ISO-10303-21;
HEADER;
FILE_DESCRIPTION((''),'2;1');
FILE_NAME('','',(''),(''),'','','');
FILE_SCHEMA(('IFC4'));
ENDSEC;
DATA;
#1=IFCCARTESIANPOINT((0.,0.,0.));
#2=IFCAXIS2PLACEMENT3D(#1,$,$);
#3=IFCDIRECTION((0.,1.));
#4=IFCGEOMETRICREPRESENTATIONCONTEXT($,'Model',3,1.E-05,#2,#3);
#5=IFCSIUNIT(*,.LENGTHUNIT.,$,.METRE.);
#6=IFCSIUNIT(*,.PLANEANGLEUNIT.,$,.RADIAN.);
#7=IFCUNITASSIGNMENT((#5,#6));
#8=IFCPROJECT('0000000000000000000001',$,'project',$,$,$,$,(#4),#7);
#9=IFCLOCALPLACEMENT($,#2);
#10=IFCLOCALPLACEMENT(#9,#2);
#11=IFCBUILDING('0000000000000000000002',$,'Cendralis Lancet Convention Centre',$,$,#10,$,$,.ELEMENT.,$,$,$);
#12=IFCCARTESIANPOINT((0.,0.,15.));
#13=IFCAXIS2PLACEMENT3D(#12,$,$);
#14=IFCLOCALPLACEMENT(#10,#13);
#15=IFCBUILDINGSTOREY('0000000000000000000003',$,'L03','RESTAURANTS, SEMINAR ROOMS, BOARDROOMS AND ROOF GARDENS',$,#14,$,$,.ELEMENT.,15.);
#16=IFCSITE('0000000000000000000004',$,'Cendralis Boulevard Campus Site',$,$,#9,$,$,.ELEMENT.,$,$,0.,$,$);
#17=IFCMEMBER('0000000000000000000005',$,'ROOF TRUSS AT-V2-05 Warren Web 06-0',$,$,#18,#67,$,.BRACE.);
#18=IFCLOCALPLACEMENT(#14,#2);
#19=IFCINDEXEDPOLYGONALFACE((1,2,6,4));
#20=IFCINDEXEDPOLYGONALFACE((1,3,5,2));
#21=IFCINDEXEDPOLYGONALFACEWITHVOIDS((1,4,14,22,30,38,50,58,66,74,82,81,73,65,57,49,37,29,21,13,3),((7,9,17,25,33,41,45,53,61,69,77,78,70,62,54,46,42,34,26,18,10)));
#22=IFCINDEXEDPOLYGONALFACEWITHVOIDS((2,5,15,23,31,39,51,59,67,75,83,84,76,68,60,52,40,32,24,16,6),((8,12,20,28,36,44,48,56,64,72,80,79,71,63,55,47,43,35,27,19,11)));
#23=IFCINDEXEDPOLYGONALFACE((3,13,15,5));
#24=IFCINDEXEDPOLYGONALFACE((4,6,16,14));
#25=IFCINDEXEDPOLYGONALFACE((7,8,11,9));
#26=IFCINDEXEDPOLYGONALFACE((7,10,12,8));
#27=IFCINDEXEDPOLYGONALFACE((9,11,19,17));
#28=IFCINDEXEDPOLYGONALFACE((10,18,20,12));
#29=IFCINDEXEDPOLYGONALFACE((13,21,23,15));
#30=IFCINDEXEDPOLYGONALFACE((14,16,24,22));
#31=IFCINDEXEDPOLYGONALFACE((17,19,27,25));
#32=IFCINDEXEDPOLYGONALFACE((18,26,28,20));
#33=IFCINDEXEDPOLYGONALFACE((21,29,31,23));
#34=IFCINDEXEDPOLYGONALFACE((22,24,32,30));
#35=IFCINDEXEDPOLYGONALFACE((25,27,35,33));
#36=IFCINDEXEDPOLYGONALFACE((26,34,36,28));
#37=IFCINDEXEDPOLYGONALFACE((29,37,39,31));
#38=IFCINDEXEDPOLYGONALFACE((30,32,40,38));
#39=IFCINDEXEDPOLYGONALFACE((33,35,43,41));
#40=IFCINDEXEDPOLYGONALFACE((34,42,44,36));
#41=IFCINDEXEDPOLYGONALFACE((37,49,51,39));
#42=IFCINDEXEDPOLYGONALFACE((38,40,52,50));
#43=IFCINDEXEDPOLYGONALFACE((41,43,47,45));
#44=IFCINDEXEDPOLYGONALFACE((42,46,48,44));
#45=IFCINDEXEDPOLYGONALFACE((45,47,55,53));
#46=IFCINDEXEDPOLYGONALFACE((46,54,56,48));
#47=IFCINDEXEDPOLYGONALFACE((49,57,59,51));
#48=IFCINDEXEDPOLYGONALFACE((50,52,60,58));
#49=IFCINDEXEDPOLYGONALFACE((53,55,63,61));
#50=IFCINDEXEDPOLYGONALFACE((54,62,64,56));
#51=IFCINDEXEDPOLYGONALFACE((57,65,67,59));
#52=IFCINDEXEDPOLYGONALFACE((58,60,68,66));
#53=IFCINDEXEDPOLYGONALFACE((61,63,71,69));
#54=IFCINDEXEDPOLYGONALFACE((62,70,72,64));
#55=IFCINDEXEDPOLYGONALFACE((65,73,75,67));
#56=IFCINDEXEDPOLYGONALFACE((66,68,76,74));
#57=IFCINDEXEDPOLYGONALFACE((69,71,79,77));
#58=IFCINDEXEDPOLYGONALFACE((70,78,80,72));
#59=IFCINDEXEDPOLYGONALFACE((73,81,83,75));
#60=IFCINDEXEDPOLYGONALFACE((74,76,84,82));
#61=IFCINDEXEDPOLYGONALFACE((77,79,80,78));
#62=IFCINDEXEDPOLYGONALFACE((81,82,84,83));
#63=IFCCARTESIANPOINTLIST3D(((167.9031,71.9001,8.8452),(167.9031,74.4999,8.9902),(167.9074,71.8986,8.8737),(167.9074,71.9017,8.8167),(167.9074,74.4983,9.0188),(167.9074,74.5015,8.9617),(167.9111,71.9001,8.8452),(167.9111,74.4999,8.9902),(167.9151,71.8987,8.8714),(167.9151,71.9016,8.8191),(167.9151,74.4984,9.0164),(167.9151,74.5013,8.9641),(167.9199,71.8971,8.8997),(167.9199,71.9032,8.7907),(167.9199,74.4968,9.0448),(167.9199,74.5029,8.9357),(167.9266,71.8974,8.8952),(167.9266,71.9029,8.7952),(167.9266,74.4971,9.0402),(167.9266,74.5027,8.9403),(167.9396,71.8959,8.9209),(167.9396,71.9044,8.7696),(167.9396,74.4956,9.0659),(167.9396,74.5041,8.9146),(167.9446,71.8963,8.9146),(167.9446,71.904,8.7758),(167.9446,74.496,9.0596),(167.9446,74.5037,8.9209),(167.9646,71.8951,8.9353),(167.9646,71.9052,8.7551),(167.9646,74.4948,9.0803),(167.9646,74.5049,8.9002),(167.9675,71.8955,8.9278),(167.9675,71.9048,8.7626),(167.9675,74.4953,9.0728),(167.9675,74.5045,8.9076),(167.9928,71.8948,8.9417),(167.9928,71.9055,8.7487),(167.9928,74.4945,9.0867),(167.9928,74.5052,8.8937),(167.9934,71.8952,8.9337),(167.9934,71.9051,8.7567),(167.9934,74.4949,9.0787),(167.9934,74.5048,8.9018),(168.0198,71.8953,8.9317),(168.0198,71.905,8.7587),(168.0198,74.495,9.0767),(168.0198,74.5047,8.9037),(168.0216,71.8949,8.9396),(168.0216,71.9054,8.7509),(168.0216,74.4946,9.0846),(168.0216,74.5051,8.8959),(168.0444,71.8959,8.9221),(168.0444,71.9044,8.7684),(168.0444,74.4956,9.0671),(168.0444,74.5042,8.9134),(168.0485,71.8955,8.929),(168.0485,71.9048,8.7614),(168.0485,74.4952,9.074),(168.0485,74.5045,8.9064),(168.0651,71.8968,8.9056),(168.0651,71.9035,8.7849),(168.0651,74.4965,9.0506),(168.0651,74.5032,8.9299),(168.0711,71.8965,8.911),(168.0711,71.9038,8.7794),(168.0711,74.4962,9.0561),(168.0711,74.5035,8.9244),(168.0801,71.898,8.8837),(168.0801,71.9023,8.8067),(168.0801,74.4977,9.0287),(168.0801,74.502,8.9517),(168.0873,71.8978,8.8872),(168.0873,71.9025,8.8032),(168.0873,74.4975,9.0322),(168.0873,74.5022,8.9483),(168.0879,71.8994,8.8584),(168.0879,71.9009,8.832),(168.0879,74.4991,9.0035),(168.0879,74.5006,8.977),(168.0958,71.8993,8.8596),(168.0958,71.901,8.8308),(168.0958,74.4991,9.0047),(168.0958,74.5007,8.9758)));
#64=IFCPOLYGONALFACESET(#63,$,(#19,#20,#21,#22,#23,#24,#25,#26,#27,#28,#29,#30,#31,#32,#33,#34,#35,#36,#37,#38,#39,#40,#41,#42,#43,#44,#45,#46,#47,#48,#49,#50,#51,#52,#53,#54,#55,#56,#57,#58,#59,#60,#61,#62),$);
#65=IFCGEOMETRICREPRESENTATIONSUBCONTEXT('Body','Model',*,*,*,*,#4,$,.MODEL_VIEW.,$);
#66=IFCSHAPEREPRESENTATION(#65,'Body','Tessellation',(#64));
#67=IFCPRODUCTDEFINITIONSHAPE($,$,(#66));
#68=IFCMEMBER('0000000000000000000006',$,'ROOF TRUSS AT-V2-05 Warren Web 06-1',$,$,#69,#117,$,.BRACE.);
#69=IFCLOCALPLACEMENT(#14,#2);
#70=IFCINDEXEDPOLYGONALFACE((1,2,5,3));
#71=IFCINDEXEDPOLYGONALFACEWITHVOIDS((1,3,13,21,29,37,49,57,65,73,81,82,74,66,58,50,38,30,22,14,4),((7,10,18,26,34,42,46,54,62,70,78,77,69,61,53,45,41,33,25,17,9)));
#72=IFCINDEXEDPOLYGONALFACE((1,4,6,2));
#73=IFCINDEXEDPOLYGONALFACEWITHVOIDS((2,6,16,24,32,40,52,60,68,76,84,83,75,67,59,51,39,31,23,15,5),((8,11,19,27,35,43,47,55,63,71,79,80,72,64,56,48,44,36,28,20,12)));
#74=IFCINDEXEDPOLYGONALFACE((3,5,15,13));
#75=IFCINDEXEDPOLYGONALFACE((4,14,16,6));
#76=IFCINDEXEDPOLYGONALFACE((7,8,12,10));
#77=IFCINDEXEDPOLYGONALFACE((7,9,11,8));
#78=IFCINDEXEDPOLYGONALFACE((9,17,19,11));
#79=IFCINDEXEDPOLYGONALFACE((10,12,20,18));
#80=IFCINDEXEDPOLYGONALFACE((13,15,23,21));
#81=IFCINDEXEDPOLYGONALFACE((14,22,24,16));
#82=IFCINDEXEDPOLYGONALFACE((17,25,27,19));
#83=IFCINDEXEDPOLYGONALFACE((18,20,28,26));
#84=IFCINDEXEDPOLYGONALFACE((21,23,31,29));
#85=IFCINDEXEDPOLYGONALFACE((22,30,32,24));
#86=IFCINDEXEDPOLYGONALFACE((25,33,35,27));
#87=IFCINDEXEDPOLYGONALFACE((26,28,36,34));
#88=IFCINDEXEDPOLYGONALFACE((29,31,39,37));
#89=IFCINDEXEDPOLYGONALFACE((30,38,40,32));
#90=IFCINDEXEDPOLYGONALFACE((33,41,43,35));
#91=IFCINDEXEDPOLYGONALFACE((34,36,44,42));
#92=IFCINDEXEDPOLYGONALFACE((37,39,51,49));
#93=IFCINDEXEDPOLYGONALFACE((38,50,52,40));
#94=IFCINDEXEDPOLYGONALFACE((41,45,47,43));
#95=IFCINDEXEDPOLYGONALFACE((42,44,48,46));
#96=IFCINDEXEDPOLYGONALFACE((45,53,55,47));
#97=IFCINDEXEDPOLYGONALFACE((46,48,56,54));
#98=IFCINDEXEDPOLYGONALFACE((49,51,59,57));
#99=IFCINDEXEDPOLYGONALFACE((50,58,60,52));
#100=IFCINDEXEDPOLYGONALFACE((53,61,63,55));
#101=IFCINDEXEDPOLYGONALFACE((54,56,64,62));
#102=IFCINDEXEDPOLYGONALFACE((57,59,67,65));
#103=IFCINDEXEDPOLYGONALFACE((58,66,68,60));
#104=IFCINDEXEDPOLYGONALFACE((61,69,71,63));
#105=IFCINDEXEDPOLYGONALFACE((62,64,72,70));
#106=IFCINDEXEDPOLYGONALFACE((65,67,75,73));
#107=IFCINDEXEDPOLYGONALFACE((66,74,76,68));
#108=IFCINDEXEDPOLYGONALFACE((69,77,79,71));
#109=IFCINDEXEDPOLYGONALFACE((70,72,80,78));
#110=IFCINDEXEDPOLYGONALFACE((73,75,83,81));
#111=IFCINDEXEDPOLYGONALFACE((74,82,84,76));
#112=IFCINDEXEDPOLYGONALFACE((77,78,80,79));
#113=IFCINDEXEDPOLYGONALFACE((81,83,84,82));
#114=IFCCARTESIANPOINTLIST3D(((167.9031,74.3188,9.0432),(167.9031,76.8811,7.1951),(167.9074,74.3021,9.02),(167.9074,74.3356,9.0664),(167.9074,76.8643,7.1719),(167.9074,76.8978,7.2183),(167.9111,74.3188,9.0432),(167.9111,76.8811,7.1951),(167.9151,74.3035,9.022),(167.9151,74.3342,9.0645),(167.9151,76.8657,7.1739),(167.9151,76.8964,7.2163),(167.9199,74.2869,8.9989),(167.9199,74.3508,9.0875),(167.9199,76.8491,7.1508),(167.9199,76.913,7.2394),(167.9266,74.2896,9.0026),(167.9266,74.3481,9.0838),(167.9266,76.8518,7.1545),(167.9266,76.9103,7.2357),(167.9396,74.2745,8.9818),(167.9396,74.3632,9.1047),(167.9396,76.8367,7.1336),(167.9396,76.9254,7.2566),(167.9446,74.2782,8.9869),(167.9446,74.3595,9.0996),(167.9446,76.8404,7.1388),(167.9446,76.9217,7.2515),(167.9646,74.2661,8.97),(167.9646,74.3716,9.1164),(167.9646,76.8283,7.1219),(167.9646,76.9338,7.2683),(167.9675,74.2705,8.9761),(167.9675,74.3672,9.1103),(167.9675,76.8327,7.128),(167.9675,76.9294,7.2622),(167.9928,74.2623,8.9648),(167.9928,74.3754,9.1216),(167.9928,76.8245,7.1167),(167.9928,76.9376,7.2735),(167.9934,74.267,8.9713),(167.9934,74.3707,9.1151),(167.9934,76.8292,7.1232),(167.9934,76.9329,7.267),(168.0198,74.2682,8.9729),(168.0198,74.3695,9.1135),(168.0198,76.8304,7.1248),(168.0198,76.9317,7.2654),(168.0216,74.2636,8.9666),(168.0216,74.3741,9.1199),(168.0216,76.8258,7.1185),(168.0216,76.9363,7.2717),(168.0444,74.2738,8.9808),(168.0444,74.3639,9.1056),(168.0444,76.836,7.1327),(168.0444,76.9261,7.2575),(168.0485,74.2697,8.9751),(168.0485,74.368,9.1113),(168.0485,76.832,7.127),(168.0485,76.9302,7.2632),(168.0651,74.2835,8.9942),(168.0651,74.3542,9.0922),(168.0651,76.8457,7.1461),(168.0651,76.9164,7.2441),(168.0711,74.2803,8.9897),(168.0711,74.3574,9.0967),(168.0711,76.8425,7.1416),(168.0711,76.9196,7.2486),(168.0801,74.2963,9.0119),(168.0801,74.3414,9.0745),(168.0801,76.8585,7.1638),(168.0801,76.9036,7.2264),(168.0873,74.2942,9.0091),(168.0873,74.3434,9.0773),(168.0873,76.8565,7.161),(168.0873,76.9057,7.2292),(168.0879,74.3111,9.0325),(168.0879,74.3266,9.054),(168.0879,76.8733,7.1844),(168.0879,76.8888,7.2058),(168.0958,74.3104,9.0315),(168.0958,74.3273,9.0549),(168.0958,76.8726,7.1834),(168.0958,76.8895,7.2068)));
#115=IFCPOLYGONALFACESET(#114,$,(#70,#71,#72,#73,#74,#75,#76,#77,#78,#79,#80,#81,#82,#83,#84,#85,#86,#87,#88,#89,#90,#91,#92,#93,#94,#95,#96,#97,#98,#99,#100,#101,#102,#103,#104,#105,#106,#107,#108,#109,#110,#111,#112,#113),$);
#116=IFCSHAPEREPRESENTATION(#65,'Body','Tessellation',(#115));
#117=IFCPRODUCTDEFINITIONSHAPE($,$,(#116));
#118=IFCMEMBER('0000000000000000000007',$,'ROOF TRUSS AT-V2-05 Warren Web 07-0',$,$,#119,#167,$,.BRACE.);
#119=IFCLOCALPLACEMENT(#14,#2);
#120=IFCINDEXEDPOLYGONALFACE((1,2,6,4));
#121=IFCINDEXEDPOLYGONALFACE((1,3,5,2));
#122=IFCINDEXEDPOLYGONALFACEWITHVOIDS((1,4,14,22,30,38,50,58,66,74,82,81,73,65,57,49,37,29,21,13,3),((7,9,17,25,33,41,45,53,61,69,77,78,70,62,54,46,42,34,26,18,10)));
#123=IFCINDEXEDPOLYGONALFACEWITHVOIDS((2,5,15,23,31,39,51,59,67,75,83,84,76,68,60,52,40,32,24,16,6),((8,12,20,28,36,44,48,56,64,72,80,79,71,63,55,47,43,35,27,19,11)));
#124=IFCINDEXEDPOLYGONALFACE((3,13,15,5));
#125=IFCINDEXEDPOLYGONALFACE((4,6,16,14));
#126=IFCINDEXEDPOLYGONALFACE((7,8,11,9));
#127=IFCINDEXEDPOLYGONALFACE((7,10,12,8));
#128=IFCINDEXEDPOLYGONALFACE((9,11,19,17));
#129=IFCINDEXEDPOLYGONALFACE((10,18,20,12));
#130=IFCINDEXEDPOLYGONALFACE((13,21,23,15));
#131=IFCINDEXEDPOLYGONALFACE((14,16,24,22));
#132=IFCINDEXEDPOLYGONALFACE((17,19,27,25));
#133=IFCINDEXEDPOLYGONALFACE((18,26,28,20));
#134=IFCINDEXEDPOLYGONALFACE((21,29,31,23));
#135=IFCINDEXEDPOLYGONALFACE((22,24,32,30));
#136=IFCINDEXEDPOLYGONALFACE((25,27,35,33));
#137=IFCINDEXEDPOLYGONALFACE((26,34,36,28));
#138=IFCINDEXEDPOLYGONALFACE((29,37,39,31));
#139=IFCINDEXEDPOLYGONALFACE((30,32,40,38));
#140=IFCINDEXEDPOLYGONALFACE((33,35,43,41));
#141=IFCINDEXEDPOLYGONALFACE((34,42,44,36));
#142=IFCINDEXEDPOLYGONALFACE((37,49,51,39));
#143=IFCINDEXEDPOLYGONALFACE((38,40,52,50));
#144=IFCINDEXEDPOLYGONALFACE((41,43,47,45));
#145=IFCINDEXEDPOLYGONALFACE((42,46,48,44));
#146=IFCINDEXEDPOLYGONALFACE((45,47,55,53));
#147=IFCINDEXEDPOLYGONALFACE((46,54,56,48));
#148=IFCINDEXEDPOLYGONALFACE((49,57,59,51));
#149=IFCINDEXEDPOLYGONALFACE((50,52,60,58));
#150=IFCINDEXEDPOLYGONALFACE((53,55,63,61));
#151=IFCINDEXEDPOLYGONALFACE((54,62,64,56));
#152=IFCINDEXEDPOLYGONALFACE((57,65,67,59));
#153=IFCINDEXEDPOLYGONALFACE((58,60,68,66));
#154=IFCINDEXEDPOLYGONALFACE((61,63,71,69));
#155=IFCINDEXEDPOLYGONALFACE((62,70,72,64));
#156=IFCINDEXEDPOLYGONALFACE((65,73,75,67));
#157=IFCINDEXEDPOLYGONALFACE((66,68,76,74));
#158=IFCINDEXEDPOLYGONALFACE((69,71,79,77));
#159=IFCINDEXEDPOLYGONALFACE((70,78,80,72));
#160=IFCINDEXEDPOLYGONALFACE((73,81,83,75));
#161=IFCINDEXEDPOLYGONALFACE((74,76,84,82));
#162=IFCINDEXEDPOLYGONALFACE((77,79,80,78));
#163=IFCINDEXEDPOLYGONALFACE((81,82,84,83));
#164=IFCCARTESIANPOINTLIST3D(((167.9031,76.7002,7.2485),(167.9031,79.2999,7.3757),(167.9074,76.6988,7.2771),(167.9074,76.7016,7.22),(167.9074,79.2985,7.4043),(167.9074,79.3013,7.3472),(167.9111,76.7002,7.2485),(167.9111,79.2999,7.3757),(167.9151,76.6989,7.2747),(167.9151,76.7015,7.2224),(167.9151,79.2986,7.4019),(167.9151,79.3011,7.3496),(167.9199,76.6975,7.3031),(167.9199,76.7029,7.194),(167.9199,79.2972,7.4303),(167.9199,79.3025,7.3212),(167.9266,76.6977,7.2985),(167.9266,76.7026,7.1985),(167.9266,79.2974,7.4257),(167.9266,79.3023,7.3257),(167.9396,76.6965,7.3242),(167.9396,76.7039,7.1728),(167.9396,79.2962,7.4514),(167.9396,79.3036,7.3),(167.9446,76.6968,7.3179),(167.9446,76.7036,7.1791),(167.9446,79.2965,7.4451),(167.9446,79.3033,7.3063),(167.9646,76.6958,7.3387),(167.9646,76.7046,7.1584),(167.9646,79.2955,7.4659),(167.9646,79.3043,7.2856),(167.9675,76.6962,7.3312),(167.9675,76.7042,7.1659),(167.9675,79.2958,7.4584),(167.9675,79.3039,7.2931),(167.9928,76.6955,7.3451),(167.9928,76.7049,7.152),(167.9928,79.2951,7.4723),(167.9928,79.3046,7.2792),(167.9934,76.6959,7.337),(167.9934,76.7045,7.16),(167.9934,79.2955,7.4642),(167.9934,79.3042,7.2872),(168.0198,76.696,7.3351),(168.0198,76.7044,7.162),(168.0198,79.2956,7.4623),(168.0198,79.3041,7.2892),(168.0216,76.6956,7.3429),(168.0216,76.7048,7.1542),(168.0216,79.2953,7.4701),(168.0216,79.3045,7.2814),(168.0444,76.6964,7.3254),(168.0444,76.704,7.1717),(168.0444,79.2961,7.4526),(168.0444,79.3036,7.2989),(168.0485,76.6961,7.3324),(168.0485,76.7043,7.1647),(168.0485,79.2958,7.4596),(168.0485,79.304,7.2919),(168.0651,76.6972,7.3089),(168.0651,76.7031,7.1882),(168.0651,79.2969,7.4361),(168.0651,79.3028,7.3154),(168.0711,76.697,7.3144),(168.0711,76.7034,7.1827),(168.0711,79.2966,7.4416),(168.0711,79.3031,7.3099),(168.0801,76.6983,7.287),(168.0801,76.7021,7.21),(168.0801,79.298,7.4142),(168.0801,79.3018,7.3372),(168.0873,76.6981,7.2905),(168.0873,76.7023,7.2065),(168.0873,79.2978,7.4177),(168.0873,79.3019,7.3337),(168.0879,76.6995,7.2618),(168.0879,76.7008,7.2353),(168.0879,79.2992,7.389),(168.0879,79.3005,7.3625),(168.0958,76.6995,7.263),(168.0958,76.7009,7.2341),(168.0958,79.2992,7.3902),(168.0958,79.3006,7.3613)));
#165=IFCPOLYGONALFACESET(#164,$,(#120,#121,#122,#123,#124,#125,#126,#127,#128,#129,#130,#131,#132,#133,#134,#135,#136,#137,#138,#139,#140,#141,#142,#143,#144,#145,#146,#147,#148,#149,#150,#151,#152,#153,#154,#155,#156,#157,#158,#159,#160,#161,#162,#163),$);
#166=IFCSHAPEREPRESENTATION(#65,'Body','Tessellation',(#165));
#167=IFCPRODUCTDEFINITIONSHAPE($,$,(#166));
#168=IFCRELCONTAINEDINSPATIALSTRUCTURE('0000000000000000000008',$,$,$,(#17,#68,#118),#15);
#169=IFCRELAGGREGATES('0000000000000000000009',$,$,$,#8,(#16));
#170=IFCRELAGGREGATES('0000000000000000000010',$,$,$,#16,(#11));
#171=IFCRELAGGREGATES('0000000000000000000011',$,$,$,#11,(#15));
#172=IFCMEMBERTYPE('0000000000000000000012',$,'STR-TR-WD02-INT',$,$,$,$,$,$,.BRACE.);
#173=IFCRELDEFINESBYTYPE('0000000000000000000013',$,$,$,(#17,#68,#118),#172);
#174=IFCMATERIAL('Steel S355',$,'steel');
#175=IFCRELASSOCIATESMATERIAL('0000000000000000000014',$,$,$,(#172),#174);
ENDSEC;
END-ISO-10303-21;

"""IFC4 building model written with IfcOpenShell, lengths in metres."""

from ifc_helpers import new_model, si_unit, direction, frame, origin, origin_2d, place, context, subcontext, project, spatial, hollow_circle, extrude, material, material_profile, profile_set, type_object, element, save


model = new_model("IFC4")

# Units and contexts
model_context = context("Model", 3, precision=1e-05, world=origin(), true_north=direction((0.0, 1.0)))
body_context = subcontext(model_context, "Body", "Model", "MODEL_VIEW")
ifc_project = project(units=[si_unit("LENGTHUNIT", "METRE"), si_unit("PLANEANGLEUNIT", "RADIAN")], contexts=[model_context])

# Site, building, storey
site_placement = place(None, origin())
site = spatial("IfcSite", under=ifc_project, at=site_placement, Name="Cendralis Boulevard Campus Site", CompositionType="ELEMENT", RefElevation=0.0)
building_placement = place(site_placement, origin())
building = spatial("IfcBuilding", under=site, at=building_placement, Name="Cendralis Lancet Convention Centre", CompositionType="ELEMENT")
storey_placement = place(building_placement, frame((0.0, 0.0, 15.0)))
storey = spatial("IfcBuildingStorey", under=building, at=storey_placement, Name="L03", Description="RESTAURANTS, SEMINAR ROOMS, BOARDROOMS AND ROOF GARDENS", CompositionType="ELEMENT", Elevation=15.0)

# Members
ifc_material = material(Name="Steel S355", Category="steel")
ifc_material_profile_1 = material_profile(ifc_material, hollow_circle(Radius=0.0969, WallThickness=0.0081, at=origin_2d()), Name="CHS 193.7x8.0")
ifc_profile_set_1 = profile_set([ifc_material_profile_1], Name="Steel S355")
member_type_1 = type_object("IfcMemberType", Name="STR-TR-WD02-INT", PredefinedType="BRACE", material=ifc_profile_set_1)
member_1_placement = place(storey_placement, frame((168.0, 71.9001, 8.8452), z_axis=(0.0, 0.998448, 0.055699), x_axis=(-1.0, 0.0, 0.0)))
element("IfcMember", 1, at=member_1_placement, inside=storey, type_object=member_type_1, Name="ROOF TRUSS AT-V2-05 Warren Web 06-0", PredefinedType="BRACE", context=body_context, shape_type="SweptSolid", body=[
    extrude(hollow_circle(Radius=0.0969, WallThickness=0.0081, at=origin_2d()), origin(), (0.0, 0.0, 1.0), 2.6038),
])
member_2_placement = place(storey_placement, frame((168.0, 74.3188, 9.0432), z_axis=(0.0, 0.811036, -0.584997), x_axis=(-1.0, 0.0, 0.0)))
element("IfcMember", 2, at=member_2_placement, inside=storey, type_object=member_type_1, Name="ROOF TRUSS AT-V2-05 Warren Web 06-1", PredefinedType="BRACE", context=body_context, shape_type="SweptSolid", body=[
    extrude(hollow_circle(Radius=0.0969, WallThickness=0.0081, at=origin_2d()), origin(), (0.0, 0.0, 1.0), 3.1592),
])
member_3_placement = place(storey_placement, frame((168.0, 76.7002, 7.2485), z_axis=(0.0, 0.998805, 0.048871), x_axis=(-1.0, 0.0, 0.0)))
element("IfcMember", 3, at=member_3_placement, inside=storey, type_object=member_type_1, Name="ROOF TRUSS AT-V2-05 Warren Web 07-0", PredefinedType="BRACE", context=body_context, shape_type="SweptSolid", body=[
    extrude(hollow_circle(Radius=0.0969, WallThickness=0.0081, at=origin_2d()), origin(), (0.0, 0.0, 1.0), 2.6028),
])

save(model, "model.ifc")
